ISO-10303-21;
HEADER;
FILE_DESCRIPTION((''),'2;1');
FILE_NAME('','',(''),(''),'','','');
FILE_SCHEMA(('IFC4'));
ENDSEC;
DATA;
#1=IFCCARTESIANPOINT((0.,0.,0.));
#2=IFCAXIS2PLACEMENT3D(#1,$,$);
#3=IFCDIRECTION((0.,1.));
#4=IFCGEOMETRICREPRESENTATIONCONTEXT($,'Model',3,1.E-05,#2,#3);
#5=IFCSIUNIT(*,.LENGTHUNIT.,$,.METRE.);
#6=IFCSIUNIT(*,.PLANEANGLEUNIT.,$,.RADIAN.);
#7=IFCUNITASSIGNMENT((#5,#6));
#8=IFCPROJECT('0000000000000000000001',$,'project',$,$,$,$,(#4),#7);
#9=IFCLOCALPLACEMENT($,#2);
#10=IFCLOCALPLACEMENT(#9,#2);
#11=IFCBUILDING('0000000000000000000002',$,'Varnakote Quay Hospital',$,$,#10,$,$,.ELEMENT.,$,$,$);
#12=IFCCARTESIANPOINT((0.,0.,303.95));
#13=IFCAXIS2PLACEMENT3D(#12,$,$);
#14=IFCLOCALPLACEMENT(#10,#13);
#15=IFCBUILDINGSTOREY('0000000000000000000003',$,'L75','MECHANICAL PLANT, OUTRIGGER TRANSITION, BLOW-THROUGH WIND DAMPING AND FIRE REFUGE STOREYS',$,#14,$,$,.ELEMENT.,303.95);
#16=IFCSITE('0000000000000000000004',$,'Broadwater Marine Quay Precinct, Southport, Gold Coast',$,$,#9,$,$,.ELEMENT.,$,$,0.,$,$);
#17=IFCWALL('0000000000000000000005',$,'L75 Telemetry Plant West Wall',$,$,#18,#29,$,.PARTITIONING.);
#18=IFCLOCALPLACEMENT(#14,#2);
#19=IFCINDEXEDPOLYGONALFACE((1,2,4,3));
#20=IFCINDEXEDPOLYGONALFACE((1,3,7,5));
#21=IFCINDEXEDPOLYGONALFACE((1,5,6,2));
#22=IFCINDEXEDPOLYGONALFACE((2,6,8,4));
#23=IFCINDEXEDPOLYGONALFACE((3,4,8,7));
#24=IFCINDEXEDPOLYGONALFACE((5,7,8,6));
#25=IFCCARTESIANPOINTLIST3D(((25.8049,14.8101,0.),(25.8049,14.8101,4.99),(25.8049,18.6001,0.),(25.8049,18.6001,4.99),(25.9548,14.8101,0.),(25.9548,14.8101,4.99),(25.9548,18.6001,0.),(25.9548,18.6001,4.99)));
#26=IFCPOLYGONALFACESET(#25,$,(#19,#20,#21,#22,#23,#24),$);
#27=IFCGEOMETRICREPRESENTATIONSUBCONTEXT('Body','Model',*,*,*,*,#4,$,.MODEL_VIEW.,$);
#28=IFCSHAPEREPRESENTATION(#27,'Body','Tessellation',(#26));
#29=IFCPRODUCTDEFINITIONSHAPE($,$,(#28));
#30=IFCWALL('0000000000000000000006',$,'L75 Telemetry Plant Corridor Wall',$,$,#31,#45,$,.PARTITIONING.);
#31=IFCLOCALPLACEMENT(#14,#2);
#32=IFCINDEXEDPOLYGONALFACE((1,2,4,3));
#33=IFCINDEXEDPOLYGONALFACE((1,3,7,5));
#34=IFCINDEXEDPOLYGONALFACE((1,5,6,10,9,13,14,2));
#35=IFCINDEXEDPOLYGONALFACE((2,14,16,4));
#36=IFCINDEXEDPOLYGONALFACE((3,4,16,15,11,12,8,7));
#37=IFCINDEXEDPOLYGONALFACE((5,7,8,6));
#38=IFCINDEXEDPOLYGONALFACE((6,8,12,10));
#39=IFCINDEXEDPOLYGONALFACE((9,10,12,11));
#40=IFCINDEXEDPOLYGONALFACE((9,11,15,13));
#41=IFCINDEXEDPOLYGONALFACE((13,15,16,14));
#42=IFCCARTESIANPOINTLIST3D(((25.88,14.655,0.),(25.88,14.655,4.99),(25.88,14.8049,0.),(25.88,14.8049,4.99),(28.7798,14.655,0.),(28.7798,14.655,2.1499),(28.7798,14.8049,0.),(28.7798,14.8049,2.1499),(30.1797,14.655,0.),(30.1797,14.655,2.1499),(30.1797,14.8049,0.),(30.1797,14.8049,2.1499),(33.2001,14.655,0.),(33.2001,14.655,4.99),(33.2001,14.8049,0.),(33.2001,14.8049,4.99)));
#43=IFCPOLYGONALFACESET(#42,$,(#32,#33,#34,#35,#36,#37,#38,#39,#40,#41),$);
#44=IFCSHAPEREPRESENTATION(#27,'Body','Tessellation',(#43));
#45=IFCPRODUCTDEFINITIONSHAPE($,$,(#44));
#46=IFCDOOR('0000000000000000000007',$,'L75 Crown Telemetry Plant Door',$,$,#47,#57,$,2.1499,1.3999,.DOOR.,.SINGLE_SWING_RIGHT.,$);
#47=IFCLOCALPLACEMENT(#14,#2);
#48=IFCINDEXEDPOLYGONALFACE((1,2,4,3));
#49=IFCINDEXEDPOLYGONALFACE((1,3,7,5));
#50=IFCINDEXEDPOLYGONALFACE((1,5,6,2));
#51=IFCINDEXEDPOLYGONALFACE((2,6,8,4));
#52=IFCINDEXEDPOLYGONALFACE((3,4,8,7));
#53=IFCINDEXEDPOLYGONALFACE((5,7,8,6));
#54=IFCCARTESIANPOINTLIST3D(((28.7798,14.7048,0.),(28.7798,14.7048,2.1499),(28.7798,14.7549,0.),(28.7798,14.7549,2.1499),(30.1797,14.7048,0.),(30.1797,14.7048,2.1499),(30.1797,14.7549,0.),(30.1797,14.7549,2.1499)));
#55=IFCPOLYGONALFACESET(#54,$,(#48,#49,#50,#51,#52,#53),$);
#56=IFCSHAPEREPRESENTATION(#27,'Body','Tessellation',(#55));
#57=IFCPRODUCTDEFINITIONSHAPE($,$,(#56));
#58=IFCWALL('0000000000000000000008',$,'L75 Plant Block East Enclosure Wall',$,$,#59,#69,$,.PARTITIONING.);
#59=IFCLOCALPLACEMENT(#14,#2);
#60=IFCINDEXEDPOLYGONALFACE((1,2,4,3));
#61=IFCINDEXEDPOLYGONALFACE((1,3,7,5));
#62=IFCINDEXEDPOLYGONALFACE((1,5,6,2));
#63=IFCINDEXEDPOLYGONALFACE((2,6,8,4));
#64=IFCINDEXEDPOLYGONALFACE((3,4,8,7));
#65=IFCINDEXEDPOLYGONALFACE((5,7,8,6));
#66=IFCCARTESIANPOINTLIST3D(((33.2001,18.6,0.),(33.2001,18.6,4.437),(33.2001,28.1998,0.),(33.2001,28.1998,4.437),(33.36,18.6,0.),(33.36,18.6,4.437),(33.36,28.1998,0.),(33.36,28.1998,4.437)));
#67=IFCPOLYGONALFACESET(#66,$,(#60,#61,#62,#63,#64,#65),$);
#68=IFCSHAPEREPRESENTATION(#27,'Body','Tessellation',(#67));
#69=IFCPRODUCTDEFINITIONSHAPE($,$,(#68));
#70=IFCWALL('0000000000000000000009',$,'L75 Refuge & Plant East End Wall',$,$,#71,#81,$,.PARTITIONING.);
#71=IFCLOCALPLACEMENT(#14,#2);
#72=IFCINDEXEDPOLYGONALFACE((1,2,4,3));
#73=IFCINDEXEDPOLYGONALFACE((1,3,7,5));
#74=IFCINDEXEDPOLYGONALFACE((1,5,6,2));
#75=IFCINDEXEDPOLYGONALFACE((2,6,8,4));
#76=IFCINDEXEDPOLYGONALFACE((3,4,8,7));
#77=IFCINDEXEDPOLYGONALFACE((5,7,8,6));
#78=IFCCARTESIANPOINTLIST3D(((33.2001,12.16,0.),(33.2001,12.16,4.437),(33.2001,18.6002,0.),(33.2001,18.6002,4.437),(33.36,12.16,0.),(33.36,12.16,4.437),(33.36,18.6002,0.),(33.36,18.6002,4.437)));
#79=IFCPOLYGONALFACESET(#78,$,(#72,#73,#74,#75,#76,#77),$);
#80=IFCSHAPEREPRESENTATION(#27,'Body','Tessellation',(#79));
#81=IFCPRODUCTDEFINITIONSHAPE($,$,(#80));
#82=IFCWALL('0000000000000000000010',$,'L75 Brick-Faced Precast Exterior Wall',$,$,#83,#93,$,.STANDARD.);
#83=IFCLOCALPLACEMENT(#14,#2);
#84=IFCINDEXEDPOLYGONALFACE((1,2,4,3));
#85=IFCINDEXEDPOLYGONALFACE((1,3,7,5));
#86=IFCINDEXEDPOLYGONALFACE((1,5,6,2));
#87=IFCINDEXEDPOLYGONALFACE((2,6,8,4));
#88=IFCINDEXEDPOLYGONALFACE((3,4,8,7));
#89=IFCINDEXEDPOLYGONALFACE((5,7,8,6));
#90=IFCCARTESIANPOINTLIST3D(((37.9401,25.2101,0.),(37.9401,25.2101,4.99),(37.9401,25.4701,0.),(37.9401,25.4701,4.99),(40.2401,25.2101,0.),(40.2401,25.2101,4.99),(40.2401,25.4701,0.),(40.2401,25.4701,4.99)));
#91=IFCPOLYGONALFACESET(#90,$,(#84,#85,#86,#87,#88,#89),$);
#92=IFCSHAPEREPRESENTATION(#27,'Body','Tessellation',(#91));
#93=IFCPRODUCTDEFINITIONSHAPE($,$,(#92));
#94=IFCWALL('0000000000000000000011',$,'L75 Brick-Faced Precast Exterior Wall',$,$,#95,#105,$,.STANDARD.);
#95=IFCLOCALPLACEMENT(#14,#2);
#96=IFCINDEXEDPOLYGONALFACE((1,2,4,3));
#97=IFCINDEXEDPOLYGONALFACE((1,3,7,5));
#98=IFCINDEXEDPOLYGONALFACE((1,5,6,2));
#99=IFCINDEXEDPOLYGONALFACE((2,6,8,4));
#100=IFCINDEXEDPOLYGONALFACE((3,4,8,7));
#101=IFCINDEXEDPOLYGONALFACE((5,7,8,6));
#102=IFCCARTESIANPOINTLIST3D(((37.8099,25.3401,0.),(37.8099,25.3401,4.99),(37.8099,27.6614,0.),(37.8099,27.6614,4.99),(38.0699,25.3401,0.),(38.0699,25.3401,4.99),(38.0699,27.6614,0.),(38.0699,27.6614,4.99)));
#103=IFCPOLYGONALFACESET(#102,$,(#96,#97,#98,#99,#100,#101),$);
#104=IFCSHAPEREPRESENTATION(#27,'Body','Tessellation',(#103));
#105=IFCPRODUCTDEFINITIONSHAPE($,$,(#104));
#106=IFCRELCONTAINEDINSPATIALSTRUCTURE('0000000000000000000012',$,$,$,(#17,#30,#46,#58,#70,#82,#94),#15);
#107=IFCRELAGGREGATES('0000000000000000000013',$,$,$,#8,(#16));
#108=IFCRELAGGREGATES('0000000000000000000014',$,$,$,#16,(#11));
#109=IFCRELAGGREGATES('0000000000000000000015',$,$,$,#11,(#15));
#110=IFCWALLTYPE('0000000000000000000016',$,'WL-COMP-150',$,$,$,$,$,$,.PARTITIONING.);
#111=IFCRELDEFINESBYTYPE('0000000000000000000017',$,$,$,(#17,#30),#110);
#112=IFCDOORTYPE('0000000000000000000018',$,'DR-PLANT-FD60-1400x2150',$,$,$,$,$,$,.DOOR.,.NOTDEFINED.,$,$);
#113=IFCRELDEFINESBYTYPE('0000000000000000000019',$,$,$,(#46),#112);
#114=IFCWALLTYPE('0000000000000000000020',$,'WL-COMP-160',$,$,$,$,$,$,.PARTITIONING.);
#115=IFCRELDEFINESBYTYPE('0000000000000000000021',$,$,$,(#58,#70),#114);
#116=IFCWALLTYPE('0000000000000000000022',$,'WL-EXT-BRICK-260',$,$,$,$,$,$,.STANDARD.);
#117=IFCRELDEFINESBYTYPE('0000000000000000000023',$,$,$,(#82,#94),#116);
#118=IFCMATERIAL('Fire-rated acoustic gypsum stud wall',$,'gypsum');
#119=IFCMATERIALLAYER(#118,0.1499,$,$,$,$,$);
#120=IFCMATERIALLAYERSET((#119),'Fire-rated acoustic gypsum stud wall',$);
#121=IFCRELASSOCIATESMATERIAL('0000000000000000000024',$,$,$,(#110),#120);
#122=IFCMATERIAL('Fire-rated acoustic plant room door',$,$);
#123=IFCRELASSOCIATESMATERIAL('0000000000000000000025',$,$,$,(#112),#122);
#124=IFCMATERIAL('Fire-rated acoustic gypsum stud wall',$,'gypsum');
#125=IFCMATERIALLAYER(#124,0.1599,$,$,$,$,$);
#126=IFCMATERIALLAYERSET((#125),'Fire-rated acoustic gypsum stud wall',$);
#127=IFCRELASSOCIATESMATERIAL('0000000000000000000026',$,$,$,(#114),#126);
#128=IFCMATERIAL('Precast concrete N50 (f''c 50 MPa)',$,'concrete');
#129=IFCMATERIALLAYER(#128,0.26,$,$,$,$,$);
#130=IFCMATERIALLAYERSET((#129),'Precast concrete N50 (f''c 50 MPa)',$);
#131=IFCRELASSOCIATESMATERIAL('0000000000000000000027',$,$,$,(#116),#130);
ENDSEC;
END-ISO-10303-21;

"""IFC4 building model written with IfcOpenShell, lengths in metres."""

from ifc_helpers import new_model, si_unit, direction, frame, frame_2d, origin, place, context, subcontext, project, spatial, rectangle, extrude, material, layer, layer_set, type_object, element, fill, save


model = new_model("IFC4")

# Units and contexts
model_context = context("Model", 3, precision=1e-05, world=origin(), true_north=direction((0.0, 1.0)))
body_context = subcontext(model_context, "Body", "Model", "MODEL_VIEW")
ifc_project = project(units=[si_unit("LENGTHUNIT", "METRE"), si_unit("PLANEANGLEUNIT", "RADIAN")], contexts=[model_context])

# Site, building, storey
site_placement = place(None, origin())
site = spatial("IfcSite", under=ifc_project, at=site_placement, Name="Broadwater Marine Quay Precinct, Southport, Gold Coast", CompositionType="ELEMENT", RefElevation=0.0)
building_placement = place(site_placement, origin())
building = spatial("IfcBuilding", under=site, at=building_placement, Name="Varnakote Quay Hospital", CompositionType="ELEMENT")
storey_placement = place(building_placement, frame((0.0, 0.0, 303.95)))
storey = spatial("IfcBuildingStorey", under=building, at=storey_placement, Name="L75", Description="MECHANICAL PLANT, OUTRIGGER TRANSITION, BLOW-THROUGH WIND DAMPING AND FIRE REFUGE STOREYS", CompositionType="ELEMENT", Elevation=303.95)

# Wall
ifc_material_1 = material(Name="Fire-rated acoustic gypsum stud wall", Category="gypsum")
ifc_layer_1 = layer(ifc_material_1, 0.1499)
ifc_layer_set_1 = layer_set([ifc_layer_1], Name="Fire-rated acoustic gypsum stud wall")
wall_type_1 = type_object("IfcWallType", Name="WL-COMP-150", PredefinedType="PARTITIONING", material=ifc_layer_set_1)
wall_1_placement = place(storey_placement, frame((25.8799, 14.8101, 0.0), z_axis=(0.0, 0.0, 1.0), x_axis=(0.0, 1.0, 0.0)))
element("IfcWall", 1, at=wall_1_placement, inside=storey, type_object=wall_type_1, Name="L75 Telemetry Plant West Wall", PredefinedType="PARTITIONING", context=body_context, shape_type="SweptSolid", body=[
    extrude(rectangle(XDim=3.79, YDim=0.1499, at=frame_2d((1.895, 0.0))), origin(), (0.0, 0.0, 1.0), 4.99),
])

# Wall, opening, door
wall_2_placement = place(storey_placement, frame((25.8799, 14.73, 0.0), z_axis=(0.0, 0.0, 1.0), x_axis=(1.0, 0.0, 0.0)))
wall_2 = element("IfcWall", 2, at=wall_2_placement, inside=storey, type_object=wall_type_1, Name="L75 Telemetry Plant Corridor Wall", PredefinedType="PARTITIONING", context=body_context, shape_type="SweptSolid", body=[
    extrude(rectangle(XDim=7.3201, YDim=0.1499, at=frame_2d((3.6602, 0.0))), origin(), (0.0, 0.0, 1.0), 4.99),
])
opening_placement = place(wall_2_placement, frame((2.8999, 0.0, 0.0)))
opening = element("IfcOpeningElement", 3, at=opening_placement, cuts=wall_2, PredefinedType="OPENING", context=body_context, shape_type="SweptSolid", body=[
    extrude(rectangle(XDim=1.3999, YDim=2.1499, at=frame_2d((0.7, 1.075))), frame((0.0, 0.085, 0.0), z_axis=(0.0, -1.0, 0.0), x_axis=(1.0, 0.0, 0.0)), (0.0, 0.0, 1.0), 0.1699),
])
ifc_material_2 = material(Name="Fire-rated acoustic plant room door")
door_type = type_object("IfcDoorType", Name="DR-PLANT-FD60-1400x2150", OperationType="NOTDEFINED", PredefinedType="DOOR", material=ifc_material_2)
door_placement = place(opening_placement, origin())
door = element("IfcDoor", 4, at=door_placement, inside=storey, type_object=door_type, Name="L75 Crown Telemetry Plant Door", OperationType="SINGLE_SWING_RIGHT", OverallHeight=2.1499, OverallWidth=1.3999, PredefinedType="DOOR", context=body_context, shape_type="SweptSolid", body=[
    extrude(rectangle(XDim=1.3999, YDim=2.1499, at=frame_2d((0.7, 1.075))), frame((0.0, 0.0249, 0.0), z_axis=(0.0, -1.0, 0.0), x_axis=(1.0, 0.0, 0.0)), (0.0, 0.0, 1.0), 0.05),
])
fill(opening, door)

# Walls
ifc_material_3 = material(Name="Fire-rated acoustic gypsum stud wall", Category="gypsum")
ifc_layer_2 = layer(ifc_material_3, 0.1599)
ifc_layer_set_2 = layer_set([ifc_layer_2], Name="Fire-rated acoustic gypsum stud wall")
wall_type_2 = type_object("IfcWallType", Name="WL-COMP-160", PredefinedType="PARTITIONING", material=ifc_layer_set_2)
wall_3_placement = place(storey_placement, frame((33.28, 18.6001, 0.0), z_axis=(0.0, 0.0, 1.0), x_axis=(0.0, 1.0, 0.0)))
element("IfcWall", 5, at=wall_3_placement, inside=storey, type_object=wall_type_2, Name="L75 Plant Block East Enclosure Wall", PredefinedType="PARTITIONING", context=body_context, shape_type="SweptSolid", body=[
    extrude(rectangle(XDim=9.5999, YDim=0.1599, at=frame_2d((4.7998, 0.0))), origin(), (0.0, 0.0, 1.0), 4.437),
])
wall_4_placement = place(storey_placement, frame((33.28, 12.1599, 0.0), z_axis=(0.0, 0.0, 1.0), x_axis=(0.0, 1.0, 0.0)))
element("IfcWall", 6, at=wall_4_placement, inside=storey, type_object=wall_type_2, Name="L75 Refuge & Plant East End Wall", PredefinedType="PARTITIONING", context=body_context, shape_type="SweptSolid", body=[
    extrude(rectangle(XDim=6.4402, YDim=0.1599, at=frame_2d((3.2202, 0.0))), origin(), (0.0, 0.0, 1.0), 4.437),
])
ifc_material_4 = material(Name="Precast concrete N50 (f'c 50 MPa)", Category="concrete")
ifc_layer_3 = layer(ifc_material_4, 0.26)
ifc_layer_set_3 = layer_set([ifc_layer_3], Name="Precast concrete N50 (f'c 50 MPa)")
wall_type_3 = type_object("IfcWallType", Name="WL-EXT-BRICK-260", PredefinedType="STANDARD", material=ifc_layer_set_3)
wall_5_placement = place(storey_placement, frame((40.24, 25.3401, 0.0), z_axis=(0.0, 0.0, 1.0), x_axis=(-1.0, 0.0, 0.0)))
element("IfcWall", 7, at=wall_5_placement, inside=storey, type_object=wall_type_3, Name="L75 Brick-Faced Precast Exterior Wall", PredefinedType="STANDARD", context=body_context, shape_type="SweptSolid", body=[
    extrude(rectangle(XDim=2.3, YDim=0.26, at=frame_2d((1.1499, 0.0))), origin(), (0.0, 0.0, 1.0), 4.99),
])
wall_6_placement = place(storey_placement, frame((37.9399, 25.3401, 0.0), z_axis=(0.0, 0.0, 1.0), x_axis=(0.0, 1.0, 0.0)))
element("IfcWall", 8, at=wall_6_placement, inside=storey, type_object=wall_type_3, Name="L75 Brick-Faced Precast Exterior Wall", PredefinedType="STANDARD", context=body_context, shape_type="SweptSolid", body=[
    extrude(rectangle(XDim=2.3213, YDim=0.26, at=frame_2d((1.1606, 0.0))), origin(), (0.0, 0.0, 1.0), 4.99),
])

save(model, "model.ifc")
